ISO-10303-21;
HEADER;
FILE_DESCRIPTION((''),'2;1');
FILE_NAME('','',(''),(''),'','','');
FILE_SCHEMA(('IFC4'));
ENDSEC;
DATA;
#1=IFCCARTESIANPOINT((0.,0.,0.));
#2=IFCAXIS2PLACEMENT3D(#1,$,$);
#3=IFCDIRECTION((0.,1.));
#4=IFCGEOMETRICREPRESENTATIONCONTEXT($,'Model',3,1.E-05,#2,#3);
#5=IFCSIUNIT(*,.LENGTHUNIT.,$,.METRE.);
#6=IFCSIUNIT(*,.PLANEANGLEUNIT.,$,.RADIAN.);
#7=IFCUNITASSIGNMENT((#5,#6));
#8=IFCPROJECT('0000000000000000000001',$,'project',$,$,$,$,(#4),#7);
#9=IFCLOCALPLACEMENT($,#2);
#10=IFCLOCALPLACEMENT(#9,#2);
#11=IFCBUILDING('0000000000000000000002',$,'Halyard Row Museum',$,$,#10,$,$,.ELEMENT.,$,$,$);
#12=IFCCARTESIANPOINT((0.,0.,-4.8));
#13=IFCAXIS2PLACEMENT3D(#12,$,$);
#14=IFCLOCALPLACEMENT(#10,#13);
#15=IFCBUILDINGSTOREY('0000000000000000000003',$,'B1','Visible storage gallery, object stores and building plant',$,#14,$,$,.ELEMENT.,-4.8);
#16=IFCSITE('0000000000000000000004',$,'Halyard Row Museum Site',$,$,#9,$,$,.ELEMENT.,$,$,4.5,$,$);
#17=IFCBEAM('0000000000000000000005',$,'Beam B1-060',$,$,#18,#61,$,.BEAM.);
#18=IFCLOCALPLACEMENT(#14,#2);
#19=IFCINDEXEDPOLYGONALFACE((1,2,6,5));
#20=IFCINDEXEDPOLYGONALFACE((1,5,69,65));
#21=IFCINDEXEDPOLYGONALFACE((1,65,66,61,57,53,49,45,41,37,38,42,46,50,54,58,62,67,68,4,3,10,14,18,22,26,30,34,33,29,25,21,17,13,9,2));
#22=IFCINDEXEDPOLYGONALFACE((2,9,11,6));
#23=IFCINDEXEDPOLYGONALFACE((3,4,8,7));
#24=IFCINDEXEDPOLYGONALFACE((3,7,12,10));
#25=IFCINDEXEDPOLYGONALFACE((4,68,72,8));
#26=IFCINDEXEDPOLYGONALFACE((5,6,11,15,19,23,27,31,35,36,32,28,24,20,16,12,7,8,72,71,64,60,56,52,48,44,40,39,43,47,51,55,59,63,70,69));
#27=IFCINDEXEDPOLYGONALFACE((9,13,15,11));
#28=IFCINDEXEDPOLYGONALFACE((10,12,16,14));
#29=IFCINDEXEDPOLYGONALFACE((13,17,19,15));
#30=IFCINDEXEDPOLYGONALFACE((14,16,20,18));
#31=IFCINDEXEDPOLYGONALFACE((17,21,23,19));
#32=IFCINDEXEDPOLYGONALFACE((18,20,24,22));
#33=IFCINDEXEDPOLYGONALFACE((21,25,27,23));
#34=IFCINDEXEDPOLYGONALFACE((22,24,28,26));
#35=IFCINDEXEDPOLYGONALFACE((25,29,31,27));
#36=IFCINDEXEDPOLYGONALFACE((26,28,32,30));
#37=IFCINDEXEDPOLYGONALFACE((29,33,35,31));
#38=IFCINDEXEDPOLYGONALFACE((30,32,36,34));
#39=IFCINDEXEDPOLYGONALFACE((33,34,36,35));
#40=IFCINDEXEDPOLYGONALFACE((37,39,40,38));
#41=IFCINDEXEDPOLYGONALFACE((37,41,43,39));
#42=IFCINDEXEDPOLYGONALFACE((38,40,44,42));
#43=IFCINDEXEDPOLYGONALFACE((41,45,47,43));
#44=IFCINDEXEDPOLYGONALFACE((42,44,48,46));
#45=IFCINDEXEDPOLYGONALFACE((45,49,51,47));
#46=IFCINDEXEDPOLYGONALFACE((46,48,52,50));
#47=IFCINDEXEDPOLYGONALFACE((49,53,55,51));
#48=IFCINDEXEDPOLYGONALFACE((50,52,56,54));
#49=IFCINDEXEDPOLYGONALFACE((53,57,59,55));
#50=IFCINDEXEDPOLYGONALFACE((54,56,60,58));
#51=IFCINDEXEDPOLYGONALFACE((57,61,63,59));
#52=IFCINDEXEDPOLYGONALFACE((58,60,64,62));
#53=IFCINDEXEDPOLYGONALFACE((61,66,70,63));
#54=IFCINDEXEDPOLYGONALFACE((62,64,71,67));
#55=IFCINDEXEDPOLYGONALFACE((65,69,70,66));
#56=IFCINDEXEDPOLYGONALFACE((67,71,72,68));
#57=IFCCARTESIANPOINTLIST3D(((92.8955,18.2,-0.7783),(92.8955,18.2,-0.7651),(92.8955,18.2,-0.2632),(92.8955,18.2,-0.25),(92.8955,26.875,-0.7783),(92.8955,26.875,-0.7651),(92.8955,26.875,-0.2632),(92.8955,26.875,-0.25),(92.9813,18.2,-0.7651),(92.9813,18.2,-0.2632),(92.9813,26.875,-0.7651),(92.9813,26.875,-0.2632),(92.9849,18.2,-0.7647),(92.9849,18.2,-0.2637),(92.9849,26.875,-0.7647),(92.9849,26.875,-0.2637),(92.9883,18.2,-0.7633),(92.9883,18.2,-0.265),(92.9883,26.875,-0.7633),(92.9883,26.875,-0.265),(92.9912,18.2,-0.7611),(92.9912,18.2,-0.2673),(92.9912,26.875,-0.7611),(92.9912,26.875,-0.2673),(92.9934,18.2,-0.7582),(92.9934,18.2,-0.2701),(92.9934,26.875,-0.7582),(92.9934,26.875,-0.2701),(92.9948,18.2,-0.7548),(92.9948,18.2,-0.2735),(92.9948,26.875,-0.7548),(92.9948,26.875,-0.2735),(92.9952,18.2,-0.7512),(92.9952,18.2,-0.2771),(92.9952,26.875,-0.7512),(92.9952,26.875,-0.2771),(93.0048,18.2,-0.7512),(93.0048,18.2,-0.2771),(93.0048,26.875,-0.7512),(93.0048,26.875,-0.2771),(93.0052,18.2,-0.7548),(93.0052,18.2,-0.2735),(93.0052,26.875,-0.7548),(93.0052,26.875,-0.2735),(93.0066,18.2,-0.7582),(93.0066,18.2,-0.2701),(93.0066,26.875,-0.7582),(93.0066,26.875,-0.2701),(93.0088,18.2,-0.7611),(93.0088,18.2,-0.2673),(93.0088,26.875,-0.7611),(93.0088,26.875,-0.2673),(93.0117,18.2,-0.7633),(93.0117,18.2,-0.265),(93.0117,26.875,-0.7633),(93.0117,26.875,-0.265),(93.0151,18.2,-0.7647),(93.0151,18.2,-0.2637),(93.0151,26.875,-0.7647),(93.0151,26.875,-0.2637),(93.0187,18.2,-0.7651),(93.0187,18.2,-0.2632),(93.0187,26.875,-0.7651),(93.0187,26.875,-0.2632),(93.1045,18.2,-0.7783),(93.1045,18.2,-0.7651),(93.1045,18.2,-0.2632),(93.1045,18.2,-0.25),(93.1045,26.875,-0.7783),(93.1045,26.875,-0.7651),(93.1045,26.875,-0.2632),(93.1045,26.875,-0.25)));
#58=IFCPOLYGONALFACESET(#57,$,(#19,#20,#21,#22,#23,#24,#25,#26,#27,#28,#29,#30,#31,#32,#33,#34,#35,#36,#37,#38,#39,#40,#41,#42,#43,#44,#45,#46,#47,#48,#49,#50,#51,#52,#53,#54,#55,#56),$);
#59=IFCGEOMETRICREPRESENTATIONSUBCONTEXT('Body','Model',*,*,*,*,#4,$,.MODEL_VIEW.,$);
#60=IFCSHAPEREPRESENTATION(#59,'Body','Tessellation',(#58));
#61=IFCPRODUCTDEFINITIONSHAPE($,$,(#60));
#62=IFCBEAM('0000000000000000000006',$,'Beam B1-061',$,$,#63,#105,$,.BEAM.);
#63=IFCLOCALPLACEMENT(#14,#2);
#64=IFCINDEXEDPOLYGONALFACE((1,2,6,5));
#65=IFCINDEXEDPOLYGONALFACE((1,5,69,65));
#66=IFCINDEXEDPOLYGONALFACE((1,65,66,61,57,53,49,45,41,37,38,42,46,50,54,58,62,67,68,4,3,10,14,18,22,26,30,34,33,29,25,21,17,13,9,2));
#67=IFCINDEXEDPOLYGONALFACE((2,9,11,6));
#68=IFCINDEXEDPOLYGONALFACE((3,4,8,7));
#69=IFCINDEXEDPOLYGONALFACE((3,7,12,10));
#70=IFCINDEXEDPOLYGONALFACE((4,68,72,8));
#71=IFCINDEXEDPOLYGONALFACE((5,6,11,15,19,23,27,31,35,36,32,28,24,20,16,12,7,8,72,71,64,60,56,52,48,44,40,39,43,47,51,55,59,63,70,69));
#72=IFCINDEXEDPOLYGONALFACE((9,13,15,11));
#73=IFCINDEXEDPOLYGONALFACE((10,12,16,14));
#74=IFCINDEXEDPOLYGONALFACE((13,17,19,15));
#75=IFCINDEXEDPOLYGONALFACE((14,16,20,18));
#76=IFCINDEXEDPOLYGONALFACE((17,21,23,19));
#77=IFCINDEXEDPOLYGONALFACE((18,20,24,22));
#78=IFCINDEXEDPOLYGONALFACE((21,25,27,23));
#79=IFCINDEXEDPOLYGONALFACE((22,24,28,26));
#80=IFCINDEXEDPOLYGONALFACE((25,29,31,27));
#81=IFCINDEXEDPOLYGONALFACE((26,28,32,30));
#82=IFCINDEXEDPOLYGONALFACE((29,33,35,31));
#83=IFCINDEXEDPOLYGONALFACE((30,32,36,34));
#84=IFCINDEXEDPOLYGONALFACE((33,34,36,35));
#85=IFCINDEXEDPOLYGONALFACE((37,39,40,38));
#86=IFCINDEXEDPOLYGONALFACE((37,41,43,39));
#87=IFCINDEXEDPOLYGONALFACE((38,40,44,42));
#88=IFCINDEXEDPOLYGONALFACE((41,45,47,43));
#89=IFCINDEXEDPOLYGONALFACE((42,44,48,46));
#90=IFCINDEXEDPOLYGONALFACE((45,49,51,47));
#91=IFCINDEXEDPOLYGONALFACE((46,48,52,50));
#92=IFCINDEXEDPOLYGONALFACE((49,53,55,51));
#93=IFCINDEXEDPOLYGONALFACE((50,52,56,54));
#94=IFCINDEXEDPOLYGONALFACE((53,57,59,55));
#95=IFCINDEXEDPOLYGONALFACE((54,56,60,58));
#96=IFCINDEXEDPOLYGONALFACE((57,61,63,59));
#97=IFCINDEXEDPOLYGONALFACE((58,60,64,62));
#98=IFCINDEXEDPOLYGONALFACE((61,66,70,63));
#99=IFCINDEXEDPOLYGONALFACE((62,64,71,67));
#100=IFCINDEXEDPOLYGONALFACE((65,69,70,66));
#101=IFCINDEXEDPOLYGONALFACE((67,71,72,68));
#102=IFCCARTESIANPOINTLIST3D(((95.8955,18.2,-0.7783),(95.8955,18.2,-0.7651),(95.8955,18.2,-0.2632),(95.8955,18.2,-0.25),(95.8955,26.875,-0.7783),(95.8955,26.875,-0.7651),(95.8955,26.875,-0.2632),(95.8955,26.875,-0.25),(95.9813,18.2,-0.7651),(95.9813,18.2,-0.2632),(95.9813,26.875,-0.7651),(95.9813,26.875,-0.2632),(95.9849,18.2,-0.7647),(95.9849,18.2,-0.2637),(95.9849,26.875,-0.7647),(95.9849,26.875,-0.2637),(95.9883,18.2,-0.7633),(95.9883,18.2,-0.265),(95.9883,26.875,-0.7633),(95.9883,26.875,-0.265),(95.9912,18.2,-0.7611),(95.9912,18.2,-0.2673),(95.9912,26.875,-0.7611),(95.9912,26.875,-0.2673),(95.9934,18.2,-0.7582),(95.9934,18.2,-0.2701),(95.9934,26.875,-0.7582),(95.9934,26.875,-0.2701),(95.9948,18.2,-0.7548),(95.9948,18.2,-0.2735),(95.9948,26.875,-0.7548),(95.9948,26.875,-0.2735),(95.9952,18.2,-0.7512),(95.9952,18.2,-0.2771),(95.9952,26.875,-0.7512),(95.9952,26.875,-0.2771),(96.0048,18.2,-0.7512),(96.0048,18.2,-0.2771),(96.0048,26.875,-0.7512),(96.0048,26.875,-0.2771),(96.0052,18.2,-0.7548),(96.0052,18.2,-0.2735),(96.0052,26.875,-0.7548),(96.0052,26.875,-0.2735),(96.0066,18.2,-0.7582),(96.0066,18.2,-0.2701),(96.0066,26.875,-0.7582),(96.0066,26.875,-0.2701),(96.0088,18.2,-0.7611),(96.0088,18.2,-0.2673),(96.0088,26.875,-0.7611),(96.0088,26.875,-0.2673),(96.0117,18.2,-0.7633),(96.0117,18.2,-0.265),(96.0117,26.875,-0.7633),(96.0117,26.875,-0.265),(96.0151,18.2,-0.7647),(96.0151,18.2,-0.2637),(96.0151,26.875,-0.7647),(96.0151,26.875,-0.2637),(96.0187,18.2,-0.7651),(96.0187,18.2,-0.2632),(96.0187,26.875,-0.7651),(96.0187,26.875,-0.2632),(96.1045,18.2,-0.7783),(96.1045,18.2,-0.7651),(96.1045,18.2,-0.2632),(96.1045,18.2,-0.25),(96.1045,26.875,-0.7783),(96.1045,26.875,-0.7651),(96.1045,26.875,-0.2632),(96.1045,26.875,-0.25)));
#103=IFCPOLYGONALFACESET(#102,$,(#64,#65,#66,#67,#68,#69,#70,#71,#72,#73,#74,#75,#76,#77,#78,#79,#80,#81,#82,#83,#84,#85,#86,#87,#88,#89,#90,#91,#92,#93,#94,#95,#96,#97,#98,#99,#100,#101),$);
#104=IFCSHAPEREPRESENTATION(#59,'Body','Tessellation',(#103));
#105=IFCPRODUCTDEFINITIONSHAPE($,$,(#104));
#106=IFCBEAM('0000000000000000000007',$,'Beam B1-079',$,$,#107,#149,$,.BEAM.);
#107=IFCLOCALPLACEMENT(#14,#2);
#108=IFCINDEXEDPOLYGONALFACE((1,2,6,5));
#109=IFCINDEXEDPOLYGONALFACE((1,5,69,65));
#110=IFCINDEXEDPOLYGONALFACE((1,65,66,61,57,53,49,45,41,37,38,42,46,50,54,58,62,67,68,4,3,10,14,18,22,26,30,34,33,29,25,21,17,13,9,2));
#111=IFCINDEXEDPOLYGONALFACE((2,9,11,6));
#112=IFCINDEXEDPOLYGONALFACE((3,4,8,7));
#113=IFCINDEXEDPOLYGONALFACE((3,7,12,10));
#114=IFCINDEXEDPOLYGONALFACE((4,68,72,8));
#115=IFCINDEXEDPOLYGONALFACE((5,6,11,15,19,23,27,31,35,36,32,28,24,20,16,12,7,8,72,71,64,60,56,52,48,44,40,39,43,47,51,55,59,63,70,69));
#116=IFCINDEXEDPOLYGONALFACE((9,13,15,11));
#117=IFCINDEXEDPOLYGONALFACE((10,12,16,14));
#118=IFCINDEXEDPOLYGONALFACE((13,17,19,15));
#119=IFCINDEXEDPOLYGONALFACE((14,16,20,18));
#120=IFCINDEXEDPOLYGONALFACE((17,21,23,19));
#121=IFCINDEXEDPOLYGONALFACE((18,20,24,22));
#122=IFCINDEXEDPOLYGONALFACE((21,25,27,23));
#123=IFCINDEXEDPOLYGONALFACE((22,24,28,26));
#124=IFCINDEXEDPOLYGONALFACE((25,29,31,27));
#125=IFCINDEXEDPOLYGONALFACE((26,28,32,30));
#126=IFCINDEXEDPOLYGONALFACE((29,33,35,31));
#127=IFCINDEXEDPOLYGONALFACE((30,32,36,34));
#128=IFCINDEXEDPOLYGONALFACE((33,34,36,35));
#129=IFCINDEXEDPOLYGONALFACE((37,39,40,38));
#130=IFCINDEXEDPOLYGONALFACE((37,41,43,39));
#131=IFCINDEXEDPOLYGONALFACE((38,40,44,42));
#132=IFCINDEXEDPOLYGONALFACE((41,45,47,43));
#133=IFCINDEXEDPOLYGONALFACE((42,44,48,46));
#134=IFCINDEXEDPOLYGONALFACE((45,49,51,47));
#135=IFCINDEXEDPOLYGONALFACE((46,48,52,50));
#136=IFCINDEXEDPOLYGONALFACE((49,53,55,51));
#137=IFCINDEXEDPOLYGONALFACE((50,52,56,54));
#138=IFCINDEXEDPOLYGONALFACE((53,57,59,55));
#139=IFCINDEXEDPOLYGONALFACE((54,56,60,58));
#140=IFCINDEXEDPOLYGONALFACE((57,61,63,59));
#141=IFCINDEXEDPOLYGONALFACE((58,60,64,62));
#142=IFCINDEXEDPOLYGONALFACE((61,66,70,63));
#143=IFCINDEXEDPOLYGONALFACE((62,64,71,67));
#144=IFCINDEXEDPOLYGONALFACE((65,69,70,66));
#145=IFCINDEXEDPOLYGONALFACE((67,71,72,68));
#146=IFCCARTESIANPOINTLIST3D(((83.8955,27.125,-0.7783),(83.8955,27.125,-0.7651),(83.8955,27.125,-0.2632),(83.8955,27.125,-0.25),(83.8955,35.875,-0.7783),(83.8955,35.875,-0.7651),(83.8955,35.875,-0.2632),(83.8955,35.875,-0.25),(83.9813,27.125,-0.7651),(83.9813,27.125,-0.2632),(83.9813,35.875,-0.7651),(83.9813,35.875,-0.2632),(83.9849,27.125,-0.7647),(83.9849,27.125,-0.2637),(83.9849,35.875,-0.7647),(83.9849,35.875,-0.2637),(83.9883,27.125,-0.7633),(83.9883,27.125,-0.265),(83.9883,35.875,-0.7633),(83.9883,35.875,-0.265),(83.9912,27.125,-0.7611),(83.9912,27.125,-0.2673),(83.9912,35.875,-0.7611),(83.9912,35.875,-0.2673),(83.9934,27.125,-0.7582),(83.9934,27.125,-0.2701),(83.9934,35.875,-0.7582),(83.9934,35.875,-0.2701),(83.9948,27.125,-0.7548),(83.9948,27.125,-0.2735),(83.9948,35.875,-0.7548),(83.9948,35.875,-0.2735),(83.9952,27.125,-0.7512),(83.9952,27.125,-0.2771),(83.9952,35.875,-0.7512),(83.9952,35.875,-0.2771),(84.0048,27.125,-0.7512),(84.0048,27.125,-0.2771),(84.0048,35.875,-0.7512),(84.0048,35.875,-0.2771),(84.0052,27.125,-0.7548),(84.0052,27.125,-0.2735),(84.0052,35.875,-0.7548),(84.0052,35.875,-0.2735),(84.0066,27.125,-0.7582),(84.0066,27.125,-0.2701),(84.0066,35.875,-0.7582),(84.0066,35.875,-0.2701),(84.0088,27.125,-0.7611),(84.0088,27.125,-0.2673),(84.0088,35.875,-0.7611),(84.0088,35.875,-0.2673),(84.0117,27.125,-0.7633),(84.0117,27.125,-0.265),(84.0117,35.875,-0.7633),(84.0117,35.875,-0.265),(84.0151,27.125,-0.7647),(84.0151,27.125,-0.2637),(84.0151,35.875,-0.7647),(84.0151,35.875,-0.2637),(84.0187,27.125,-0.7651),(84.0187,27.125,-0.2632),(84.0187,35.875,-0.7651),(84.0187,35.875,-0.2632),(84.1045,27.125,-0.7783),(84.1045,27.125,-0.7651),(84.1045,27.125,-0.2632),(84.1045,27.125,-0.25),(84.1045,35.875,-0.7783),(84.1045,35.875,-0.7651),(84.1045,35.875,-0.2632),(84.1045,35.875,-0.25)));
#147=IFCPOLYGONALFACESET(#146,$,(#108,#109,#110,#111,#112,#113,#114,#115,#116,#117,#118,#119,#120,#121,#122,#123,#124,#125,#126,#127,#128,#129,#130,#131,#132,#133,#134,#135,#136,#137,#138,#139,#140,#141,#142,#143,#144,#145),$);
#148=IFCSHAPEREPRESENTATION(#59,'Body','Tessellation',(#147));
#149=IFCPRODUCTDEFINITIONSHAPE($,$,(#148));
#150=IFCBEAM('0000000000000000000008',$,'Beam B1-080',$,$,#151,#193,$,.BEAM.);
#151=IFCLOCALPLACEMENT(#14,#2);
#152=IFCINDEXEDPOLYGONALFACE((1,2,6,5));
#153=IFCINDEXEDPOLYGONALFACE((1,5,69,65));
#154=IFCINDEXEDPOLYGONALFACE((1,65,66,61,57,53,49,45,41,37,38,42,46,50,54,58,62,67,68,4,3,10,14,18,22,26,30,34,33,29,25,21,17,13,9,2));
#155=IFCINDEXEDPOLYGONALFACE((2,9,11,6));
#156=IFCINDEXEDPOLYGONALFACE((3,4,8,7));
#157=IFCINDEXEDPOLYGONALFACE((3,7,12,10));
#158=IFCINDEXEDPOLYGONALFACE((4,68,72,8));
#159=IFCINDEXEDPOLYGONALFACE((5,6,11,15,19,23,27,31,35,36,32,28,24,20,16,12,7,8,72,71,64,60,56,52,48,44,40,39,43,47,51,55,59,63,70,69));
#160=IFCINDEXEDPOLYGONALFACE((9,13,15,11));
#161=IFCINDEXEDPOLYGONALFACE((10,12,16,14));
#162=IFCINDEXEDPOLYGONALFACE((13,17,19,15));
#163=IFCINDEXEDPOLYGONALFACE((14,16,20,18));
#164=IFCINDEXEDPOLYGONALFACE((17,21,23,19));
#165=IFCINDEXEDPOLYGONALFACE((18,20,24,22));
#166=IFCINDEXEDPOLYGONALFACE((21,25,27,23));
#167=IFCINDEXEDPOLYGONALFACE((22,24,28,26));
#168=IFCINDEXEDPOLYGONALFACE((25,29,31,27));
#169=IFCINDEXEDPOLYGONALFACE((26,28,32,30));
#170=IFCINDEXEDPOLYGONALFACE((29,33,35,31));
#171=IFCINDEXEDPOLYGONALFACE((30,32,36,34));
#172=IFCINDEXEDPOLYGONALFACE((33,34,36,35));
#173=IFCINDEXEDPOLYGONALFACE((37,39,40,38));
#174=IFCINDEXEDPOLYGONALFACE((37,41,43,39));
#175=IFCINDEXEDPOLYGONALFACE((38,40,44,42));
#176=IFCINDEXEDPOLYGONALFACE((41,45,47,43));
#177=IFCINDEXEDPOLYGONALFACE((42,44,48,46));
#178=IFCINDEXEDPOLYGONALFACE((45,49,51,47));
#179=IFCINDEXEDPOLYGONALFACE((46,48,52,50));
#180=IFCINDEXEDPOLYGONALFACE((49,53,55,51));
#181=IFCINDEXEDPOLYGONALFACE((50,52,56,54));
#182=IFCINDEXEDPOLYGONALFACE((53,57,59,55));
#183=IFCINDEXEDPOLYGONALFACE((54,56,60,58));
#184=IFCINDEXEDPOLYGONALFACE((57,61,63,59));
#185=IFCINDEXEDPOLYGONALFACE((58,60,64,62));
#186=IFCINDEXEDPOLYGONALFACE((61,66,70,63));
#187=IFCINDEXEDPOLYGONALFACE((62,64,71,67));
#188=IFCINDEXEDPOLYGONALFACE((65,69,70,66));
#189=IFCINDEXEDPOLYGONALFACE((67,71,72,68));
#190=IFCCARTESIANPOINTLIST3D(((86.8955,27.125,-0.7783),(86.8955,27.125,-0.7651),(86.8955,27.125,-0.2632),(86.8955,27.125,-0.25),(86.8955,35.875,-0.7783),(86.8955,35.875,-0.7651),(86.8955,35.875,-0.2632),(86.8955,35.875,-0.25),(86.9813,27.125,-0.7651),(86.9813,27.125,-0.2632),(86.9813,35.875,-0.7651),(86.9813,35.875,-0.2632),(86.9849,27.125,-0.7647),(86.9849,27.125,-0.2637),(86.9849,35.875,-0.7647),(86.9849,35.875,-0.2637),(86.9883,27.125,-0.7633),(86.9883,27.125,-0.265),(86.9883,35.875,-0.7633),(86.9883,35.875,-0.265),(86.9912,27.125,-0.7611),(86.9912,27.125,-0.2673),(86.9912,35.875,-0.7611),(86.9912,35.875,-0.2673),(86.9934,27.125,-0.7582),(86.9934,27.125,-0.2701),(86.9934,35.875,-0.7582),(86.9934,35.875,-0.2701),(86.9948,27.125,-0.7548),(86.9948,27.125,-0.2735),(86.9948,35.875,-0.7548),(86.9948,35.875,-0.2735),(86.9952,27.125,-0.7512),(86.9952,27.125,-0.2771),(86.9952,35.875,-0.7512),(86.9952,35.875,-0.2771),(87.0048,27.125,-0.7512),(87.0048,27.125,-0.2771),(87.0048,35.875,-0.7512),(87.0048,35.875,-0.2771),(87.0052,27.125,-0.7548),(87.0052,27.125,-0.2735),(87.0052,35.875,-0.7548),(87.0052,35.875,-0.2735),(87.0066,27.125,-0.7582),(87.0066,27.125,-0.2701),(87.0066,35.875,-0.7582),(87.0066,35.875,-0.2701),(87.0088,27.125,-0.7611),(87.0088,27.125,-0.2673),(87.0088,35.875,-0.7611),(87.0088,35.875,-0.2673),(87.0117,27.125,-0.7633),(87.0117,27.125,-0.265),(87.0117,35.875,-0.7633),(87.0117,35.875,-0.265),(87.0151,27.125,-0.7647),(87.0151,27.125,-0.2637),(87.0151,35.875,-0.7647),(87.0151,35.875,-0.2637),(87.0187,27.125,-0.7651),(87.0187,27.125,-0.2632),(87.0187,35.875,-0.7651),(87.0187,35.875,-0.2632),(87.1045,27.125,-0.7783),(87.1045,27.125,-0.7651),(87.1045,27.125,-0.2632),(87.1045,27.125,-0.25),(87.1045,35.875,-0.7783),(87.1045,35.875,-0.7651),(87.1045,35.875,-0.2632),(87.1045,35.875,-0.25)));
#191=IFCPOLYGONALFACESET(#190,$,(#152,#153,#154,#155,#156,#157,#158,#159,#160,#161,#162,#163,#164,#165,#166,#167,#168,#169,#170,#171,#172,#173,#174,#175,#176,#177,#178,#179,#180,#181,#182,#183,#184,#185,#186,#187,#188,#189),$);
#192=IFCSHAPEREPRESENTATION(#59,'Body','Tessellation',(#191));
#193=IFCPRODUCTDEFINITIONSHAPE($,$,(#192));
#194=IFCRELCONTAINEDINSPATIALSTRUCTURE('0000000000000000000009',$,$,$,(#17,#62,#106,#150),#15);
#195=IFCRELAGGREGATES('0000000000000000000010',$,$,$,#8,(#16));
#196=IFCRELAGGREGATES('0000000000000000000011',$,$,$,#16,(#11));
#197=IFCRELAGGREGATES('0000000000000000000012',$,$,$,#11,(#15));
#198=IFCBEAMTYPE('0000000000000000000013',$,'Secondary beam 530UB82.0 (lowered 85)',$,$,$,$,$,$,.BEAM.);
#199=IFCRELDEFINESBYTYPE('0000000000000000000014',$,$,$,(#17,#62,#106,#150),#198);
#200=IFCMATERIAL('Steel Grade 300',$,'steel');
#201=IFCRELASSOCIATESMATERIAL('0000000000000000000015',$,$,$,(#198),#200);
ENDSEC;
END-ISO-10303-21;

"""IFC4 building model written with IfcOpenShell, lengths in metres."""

from ifc_helpers import new_model, si_unit, direction, frame, origin, origin_2d, place, context, subcontext, project, spatial, i_section, extrude, material, material_profile, profile_set, type_object, element, save


model = new_model("IFC4")

# Units and contexts
model_context = context("Model", 3, precision=1e-05, world=origin(), true_north=direction((0.0, 1.0)))
body_context = subcontext(model_context, "Body", "Model", "MODEL_VIEW")
ifc_project = project(units=[si_unit("LENGTHUNIT", "METRE"), si_unit("PLANEANGLEUNIT", "RADIAN")], contexts=[model_context])

# Site, building, storey
site_placement = place(None, origin())
site = spatial("IfcSite", under=ifc_project, at=site_placement, Name="Halyard Row Museum Site", CompositionType="ELEMENT", RefElevation=4.5)
building_placement = place(site_placement, origin())
building = spatial("IfcBuilding", under=site, at=building_placement, Name="Halyard Row Museum", CompositionType="ELEMENT")
storey_placement = place(building_placement, frame((0.0, 0.0, -4.8)))
storey = spatial("IfcBuildingStorey", under=building, at=storey_placement, Name="B1", Description="Visible storage gallery, object stores and building plant", CompositionType="ELEMENT", Elevation=-4.8)

# Beams
ifc_material_1 = material(Name="Steel Grade 300", Category="steel")
ifc_material_profile_1 = material_profile(ifc_material_1, i_section(OverallWidth=0.209, OverallDepth=0.5283, WebThickness=0.0095, FlangeThickness=0.0132, FilletRadius=0.0139, at=origin_2d()), Name="530UB82.0")
ifc_profile_set_1 = profile_set([ifc_material_profile_1], Name="Steel Grade 300")
beam_type_1 = type_object("IfcBeamType", Name="Secondary beam 530UB82.0 (lowered 85)", PredefinedType="BEAM", material=ifc_profile_set_1)
for number, where, z_axis, x_axis, name in (
    (1, (93.0, 18.2, -0.5142), (0.0, 1.0, 0.0), (-1.0, 0.0, 0.0), "Beam B1-060"),
    (2, (96.0, 18.2, -0.5142), (0.0, 1.0, 0.0), (-1.0, 0.0, 0.0), "Beam B1-061"),
):
    element("IfcBeam", number, at=place(storey_placement, frame(where, z_axis=z_axis, x_axis=x_axis)), inside=storey, type_object=beam_type_1, Name=name, PredefinedType="BEAM", context=body_context, shape_type="SweptSolid", body=[
        extrude(i_section(OverallWidth=0.209, OverallDepth=0.5283, WebThickness=0.0095, FlangeThickness=0.0132, FilletRadius=0.0139, at=origin_2d()), origin(), (0.0, 0.0, 1.0), 8.675),
    ])
for number, where, z_axis, x_axis, name in (
    (3, (84.0, 27.125, -0.5142), (0.0, 1.0, 0.0), (-1.0, 0.0, 0.0), "Beam B1-079"),
    (4, (87.0, 27.125, -0.5142), (0.0, 1.0, 0.0), (-1.0, 0.0, 0.0), "Beam B1-080"),
):
    element("IfcBeam", number, at=place(storey_placement, frame(where, z_axis=z_axis, x_axis=x_axis)), inside=storey, type_object=beam_type_1, Name=name, PredefinedType="BEAM", context=body_context, shape_type="SweptSolid", body=[
        extrude(i_section(OverallWidth=0.209, OverallDepth=0.5283, WebThickness=0.0095, FlangeThickness=0.0132, FilletRadius=0.0139, at=origin_2d()), origin(), (0.0, 0.0, 1.0), 8.75),
    ])

save(model, "model.ifc")
